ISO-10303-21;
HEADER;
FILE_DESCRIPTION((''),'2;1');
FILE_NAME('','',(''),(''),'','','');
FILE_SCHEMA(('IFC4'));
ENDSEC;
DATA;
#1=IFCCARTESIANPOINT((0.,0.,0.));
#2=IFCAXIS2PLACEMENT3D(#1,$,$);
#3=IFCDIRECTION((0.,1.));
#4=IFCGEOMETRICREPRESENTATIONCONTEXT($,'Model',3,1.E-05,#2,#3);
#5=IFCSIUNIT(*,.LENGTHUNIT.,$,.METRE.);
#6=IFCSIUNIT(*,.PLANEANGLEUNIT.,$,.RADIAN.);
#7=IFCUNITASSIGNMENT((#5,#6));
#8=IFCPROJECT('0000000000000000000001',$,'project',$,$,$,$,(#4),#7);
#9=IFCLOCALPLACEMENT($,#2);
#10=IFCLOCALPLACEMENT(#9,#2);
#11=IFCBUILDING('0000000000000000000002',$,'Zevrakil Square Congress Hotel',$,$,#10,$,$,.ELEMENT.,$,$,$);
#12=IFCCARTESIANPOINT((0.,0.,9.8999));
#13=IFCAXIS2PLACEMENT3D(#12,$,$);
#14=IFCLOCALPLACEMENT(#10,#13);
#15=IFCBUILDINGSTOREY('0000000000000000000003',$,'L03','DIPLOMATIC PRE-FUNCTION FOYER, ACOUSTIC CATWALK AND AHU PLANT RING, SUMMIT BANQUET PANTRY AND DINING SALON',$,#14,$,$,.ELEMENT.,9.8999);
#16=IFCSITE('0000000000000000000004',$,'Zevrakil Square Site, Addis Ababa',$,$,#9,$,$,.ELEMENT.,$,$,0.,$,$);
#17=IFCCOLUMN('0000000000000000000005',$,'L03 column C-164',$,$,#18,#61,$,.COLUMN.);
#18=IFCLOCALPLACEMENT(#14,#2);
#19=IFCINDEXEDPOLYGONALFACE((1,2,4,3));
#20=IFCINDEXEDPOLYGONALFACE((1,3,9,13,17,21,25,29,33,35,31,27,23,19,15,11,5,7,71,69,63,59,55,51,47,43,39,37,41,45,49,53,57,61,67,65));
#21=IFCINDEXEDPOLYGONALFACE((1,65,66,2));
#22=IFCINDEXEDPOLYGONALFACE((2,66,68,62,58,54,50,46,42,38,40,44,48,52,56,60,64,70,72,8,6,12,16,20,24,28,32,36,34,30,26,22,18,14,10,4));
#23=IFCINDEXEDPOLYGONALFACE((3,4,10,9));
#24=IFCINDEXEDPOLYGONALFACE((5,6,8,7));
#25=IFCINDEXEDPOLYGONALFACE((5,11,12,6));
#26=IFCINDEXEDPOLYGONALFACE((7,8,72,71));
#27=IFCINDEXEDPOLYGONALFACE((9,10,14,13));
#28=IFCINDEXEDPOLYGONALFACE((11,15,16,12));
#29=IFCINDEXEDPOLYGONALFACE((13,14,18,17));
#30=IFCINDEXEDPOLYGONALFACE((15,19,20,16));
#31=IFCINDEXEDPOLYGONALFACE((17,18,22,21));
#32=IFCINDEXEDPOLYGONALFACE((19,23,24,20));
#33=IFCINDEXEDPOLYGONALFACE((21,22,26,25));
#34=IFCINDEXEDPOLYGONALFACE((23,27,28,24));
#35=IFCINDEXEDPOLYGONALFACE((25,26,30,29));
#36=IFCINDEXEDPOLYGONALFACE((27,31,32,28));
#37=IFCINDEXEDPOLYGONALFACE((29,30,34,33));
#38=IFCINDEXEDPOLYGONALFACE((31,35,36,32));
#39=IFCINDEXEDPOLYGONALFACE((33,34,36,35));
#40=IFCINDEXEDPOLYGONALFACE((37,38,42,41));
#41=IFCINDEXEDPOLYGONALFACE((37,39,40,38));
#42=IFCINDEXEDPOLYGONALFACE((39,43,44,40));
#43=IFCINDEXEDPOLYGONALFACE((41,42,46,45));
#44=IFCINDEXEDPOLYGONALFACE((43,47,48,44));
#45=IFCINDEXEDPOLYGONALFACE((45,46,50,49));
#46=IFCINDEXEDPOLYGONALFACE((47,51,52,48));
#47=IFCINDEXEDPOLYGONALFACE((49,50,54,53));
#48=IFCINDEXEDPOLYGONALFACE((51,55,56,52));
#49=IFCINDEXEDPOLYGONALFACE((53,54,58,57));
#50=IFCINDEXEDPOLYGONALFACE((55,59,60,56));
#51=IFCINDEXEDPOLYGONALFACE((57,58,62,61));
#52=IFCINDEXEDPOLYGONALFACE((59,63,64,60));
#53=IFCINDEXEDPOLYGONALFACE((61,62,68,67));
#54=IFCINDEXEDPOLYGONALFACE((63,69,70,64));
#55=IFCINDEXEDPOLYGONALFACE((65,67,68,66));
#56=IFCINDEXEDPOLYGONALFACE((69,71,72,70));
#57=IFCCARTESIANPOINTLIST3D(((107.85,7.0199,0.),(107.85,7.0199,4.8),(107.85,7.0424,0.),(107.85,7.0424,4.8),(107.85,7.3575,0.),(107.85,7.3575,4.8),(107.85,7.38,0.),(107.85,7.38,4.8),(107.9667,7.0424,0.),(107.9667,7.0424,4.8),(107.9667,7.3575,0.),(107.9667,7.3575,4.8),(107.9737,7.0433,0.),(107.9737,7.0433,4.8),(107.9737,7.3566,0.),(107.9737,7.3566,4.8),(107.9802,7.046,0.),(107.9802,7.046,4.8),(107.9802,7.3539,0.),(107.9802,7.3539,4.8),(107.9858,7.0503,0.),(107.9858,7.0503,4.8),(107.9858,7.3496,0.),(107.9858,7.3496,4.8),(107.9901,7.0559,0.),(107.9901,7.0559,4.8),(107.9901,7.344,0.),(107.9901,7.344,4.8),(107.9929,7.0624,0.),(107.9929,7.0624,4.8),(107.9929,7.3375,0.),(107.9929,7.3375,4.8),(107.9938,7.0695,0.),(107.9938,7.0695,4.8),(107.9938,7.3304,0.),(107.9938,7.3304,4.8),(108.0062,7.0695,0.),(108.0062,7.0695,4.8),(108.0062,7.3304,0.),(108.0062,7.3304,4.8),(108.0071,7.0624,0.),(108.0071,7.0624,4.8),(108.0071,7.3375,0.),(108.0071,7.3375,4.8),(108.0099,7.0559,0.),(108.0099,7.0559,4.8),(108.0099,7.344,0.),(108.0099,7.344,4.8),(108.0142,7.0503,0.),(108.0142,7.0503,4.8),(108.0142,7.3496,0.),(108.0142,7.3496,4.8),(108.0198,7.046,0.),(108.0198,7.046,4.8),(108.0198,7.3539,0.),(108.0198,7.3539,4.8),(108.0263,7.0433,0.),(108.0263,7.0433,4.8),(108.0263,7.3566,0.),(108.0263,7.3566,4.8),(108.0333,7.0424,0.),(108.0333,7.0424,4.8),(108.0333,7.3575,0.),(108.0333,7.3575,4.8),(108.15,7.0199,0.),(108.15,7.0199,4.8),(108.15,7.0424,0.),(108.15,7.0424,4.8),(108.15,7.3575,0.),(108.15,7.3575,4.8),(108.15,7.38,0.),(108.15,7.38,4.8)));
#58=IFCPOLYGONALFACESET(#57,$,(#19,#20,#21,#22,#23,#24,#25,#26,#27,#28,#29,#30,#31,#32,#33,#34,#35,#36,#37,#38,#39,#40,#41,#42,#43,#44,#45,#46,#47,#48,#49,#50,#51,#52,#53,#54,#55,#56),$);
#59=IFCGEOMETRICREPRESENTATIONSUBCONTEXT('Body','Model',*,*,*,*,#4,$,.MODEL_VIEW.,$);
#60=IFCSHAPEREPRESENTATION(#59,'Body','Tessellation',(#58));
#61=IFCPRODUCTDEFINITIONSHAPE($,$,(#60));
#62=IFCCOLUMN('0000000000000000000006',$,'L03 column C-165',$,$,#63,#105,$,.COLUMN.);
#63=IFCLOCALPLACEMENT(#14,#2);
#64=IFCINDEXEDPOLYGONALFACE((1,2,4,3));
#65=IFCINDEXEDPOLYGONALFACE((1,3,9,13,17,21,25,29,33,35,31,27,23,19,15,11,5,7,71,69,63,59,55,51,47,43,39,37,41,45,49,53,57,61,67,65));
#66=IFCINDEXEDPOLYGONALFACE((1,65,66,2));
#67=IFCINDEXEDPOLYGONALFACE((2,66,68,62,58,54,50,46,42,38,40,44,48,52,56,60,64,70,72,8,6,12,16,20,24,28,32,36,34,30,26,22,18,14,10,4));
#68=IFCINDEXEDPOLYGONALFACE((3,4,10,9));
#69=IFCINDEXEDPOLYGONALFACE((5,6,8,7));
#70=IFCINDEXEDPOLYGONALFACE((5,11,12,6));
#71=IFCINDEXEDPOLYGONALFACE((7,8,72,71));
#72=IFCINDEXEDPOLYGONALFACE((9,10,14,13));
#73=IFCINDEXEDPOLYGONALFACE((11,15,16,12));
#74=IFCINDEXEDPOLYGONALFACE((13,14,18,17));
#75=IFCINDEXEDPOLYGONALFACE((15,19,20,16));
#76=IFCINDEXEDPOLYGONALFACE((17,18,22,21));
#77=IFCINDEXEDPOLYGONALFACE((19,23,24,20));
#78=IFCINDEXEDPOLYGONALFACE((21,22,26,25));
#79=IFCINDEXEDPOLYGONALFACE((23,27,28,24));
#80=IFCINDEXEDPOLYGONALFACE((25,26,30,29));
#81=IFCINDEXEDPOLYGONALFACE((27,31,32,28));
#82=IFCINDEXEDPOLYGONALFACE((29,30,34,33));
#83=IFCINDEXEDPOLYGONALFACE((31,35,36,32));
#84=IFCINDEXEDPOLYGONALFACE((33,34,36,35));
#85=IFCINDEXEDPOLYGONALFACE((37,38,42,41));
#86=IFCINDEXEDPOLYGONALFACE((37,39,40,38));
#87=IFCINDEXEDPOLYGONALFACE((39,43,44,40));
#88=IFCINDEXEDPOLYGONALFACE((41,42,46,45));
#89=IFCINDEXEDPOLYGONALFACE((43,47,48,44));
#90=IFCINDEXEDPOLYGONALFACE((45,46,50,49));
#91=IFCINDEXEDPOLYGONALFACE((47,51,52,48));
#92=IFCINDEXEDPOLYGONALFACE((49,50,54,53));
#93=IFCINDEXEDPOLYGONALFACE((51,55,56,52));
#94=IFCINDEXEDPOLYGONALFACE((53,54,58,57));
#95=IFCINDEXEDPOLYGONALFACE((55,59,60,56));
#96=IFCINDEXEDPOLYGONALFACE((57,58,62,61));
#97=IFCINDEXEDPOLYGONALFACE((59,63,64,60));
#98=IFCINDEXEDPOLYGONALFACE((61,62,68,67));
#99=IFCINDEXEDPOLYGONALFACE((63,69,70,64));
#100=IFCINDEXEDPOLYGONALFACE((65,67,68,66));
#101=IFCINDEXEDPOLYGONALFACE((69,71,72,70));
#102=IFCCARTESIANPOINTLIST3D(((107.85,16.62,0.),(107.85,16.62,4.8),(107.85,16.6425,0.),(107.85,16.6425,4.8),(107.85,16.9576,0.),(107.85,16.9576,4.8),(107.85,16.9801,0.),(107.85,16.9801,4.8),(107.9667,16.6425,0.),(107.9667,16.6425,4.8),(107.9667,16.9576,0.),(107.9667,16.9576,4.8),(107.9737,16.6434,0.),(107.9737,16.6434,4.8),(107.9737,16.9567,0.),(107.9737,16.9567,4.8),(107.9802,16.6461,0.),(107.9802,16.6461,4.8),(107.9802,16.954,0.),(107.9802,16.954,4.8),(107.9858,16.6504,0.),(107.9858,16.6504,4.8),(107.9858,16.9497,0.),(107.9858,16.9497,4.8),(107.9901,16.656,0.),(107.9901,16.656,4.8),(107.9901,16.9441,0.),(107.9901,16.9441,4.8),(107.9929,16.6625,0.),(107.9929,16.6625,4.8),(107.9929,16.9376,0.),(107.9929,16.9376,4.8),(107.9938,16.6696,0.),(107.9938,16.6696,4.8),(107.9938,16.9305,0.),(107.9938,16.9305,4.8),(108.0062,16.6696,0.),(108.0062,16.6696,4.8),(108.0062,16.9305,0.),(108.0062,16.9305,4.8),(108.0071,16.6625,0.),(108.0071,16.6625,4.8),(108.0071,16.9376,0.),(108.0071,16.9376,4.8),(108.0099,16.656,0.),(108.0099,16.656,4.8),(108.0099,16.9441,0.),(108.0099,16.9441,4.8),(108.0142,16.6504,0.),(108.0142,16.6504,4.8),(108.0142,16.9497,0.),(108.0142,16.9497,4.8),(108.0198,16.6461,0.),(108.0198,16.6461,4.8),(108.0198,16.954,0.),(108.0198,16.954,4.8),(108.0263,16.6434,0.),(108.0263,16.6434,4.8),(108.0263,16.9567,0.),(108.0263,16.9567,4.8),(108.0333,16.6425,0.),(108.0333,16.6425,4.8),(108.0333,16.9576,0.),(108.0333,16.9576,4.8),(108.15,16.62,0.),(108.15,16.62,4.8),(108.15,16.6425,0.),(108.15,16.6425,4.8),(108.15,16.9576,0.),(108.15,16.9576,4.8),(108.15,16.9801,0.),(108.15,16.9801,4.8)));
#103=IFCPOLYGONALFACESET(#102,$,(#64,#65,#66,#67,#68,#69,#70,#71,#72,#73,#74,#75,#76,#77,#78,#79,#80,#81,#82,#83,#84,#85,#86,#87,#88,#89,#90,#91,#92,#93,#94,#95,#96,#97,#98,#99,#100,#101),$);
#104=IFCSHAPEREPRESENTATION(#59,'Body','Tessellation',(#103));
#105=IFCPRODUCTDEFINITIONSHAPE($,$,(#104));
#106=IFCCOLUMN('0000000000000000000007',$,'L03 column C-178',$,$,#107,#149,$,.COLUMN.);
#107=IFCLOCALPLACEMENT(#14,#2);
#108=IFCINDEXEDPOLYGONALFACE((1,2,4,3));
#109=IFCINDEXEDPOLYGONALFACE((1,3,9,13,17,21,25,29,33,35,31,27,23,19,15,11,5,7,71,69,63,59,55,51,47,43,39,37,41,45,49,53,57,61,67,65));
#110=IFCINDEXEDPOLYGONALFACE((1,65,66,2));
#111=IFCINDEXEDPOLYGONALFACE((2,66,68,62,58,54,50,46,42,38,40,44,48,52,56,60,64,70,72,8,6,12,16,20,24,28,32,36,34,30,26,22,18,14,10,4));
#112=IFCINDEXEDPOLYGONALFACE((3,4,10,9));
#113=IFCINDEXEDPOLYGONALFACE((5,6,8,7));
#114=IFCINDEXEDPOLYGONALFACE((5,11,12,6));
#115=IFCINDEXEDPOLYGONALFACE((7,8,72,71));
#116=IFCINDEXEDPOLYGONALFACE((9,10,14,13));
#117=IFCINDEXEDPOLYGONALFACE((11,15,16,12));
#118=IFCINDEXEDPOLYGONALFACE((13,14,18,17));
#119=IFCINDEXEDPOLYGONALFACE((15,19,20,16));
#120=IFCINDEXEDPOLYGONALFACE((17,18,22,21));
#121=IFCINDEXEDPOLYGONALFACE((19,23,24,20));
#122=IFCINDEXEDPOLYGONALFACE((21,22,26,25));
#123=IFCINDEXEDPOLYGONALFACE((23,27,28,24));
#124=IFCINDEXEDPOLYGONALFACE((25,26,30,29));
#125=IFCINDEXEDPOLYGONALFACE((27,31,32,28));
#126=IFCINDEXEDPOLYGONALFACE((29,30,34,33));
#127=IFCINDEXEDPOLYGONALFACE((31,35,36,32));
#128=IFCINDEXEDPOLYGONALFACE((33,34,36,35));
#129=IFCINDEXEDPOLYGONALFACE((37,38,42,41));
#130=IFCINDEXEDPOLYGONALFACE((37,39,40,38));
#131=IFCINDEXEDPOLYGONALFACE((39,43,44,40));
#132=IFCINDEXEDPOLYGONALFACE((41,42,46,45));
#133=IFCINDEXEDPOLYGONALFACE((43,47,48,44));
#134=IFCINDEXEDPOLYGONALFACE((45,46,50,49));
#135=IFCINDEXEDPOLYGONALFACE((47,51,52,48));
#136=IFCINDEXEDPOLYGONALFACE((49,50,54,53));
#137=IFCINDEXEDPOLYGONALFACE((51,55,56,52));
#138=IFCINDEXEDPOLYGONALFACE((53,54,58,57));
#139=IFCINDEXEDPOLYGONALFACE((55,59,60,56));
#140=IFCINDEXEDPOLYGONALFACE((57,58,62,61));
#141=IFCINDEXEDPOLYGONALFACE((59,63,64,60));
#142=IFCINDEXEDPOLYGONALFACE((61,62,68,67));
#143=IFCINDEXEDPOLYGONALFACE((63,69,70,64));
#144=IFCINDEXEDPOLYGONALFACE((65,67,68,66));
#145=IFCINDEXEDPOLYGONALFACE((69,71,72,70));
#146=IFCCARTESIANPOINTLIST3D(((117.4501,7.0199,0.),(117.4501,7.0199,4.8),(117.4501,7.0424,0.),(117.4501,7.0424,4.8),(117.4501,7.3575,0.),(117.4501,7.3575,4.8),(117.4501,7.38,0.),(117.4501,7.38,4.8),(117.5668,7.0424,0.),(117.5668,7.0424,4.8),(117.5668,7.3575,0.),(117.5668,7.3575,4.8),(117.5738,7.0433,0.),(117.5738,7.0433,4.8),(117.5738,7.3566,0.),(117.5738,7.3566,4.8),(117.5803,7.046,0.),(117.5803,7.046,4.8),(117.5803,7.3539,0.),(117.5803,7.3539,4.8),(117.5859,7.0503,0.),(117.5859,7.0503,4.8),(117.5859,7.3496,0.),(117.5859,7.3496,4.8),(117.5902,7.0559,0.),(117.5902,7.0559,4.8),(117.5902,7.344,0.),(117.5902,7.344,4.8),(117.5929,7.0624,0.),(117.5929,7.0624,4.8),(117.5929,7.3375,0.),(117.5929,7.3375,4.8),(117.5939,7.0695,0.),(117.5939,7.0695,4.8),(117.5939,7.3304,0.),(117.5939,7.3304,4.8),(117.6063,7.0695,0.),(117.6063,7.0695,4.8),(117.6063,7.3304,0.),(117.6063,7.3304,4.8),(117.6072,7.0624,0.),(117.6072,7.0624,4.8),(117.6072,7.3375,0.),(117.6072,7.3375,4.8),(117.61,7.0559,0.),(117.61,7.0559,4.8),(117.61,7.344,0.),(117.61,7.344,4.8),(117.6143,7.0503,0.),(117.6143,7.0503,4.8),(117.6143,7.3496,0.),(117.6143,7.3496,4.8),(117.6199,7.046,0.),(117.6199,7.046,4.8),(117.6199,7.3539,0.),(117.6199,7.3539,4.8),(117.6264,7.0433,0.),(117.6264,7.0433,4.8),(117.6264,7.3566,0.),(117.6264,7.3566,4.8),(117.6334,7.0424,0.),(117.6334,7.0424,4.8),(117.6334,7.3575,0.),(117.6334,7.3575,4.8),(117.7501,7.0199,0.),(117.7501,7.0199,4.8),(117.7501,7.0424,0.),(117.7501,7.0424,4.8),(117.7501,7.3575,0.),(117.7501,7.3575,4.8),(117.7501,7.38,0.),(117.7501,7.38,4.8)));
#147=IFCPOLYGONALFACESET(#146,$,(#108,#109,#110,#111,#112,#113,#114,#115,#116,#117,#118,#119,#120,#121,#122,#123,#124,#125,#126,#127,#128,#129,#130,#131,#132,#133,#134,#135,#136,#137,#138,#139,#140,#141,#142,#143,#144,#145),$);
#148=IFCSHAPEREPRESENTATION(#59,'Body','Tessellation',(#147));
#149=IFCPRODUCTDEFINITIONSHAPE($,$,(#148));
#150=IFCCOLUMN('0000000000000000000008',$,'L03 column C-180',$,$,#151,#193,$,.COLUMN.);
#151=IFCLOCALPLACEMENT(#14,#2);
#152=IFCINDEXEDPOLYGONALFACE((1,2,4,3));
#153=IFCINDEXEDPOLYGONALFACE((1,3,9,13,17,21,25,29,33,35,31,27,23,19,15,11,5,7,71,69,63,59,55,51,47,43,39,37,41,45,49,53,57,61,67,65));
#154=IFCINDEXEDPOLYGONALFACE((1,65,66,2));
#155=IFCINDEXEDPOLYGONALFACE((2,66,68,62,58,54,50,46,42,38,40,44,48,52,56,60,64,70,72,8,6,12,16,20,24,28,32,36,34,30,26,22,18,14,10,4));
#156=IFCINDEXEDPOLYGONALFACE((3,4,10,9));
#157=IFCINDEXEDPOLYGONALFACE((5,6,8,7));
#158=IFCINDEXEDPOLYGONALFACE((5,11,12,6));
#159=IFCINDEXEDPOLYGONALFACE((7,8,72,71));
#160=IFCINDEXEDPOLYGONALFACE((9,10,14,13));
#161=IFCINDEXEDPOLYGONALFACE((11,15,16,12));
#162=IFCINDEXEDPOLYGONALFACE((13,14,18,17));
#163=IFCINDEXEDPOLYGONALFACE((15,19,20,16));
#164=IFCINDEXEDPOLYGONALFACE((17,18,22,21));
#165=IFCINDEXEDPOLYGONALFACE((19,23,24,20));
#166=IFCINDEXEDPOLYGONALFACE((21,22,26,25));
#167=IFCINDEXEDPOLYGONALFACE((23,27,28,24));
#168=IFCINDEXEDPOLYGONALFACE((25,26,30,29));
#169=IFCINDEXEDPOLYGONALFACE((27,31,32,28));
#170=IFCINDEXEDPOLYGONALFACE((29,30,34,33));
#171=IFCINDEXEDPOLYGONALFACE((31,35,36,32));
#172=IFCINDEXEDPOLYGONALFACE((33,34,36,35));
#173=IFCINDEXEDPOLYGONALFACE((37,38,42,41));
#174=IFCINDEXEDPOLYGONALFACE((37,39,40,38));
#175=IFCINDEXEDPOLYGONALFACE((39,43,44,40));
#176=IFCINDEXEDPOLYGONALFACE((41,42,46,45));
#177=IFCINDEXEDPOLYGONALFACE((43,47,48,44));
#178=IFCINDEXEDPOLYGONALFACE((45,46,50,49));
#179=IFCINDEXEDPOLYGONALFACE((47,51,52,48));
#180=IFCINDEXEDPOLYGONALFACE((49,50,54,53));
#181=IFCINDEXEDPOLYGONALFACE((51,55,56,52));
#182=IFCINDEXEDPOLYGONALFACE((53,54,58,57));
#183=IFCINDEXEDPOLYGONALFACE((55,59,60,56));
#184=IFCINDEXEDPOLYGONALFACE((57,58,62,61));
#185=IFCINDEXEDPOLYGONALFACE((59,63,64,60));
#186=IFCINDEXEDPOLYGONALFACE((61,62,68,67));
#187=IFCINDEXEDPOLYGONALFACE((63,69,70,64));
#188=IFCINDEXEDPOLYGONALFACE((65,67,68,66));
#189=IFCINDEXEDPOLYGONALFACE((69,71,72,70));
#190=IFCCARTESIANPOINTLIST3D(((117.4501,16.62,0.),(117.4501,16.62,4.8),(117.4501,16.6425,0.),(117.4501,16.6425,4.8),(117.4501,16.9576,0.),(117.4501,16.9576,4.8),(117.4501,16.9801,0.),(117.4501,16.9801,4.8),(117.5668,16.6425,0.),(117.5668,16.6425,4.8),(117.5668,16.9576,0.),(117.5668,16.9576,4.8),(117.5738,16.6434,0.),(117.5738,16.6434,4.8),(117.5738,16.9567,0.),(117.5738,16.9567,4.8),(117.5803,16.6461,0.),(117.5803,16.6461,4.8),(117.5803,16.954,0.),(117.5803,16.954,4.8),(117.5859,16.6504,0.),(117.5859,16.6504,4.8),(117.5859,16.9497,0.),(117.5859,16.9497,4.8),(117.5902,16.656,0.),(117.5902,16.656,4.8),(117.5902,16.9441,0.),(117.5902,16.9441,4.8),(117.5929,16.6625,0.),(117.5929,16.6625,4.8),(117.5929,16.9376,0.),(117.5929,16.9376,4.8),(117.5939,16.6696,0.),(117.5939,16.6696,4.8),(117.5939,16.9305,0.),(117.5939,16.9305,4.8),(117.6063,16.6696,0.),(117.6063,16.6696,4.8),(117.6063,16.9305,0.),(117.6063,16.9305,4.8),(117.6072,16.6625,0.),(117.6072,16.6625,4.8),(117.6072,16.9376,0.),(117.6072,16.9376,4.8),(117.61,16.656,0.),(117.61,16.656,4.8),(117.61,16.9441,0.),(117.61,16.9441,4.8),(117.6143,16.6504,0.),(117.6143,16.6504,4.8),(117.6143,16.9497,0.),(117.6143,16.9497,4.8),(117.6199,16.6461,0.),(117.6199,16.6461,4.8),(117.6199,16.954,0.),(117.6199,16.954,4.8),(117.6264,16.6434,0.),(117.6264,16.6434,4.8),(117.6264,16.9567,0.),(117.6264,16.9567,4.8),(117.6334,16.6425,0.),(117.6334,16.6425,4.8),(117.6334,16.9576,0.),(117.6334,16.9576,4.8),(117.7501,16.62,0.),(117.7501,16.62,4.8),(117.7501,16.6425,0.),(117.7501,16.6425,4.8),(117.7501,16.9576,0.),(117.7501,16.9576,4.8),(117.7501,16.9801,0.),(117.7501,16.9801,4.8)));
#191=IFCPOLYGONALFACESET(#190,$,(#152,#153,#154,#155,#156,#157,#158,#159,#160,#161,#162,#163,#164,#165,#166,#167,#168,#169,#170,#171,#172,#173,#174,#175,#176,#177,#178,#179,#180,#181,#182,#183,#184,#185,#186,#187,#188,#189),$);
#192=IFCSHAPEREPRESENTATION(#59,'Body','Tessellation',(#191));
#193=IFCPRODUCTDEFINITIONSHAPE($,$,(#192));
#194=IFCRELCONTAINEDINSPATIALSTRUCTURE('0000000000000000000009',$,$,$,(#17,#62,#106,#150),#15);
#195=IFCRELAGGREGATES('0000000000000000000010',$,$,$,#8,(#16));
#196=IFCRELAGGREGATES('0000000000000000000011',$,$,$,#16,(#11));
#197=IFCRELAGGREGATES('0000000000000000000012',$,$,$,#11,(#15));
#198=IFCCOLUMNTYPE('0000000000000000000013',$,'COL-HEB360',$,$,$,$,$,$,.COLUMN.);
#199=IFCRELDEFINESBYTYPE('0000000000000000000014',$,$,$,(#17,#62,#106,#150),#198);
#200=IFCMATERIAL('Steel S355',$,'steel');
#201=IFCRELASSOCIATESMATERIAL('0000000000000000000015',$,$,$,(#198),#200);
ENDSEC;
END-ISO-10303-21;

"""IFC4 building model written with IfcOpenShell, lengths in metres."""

from ifc_helpers import new_model, si_unit, direction, frame, origin, origin_2d, place, context, subcontext, project, spatial, i_section, extrude, material, material_profile, profile_set, type_object, element, save


model = new_model("IFC4")

# Units and contexts
model_context = context("Model", 3, precision=1e-05, world=origin(), true_north=direction((0.0, 1.0)))
body_context = subcontext(model_context, "Body", "Model", "MODEL_VIEW")
ifc_project = project(units=[si_unit("LENGTHUNIT", "METRE"), si_unit("PLANEANGLEUNIT", "RADIAN")], contexts=[model_context])

# Site, building, storey
site_placement = place(None, origin())
site = spatial("IfcSite", under=ifc_project, at=site_placement, Name="Zevrakil Square Site, Addis Ababa", CompositionType="ELEMENT", RefElevation=0.0)
building_placement = place(site_placement, origin())
building = spatial("IfcBuilding", under=site, at=building_placement, Name="Zevrakil Square Congress Hotel", CompositionType="ELEMENT")
storey_placement = place(building_placement, frame((0.0, 0.0, 9.8999)))
storey = spatial("IfcBuildingStorey", under=building, at=storey_placement, Name="L03", Description="DIPLOMATIC PRE-FUNCTION FOYER, ACOUSTIC CATWALK AND AHU PLANT RING, SUMMIT BANQUET PANTRY AND DINING SALON", CompositionType="ELEMENT", Elevation=9.8999)

# Columns
ifc_material_1 = material(Name="Steel S355", Category="steel")
ifc_material_profile_1 = material_profile(ifc_material_1, i_section(OverallWidth=0.3, OverallDepth=0.3601, WebThickness=0.0125, FlangeThickness=0.0225, FilletRadius=0.0271, at=origin_2d()), Name="HEB 360")
ifc_profile_set_1 = profile_set([ifc_material_profile_1], Name="Steel S355")
column_type_1 = type_object("IfcColumnType", Name="COL-HEB360", PredefinedType="COLUMN", material=ifc_profile_set_1)
for number, where, z_axis, x_axis, name in (
    (1, (108.0, 7.2, 0.0), (0.0, 0.0, 1.0), (1.0, 0.0, 0.0), "L03 column C-164"),
    (2, (108.0, 16.8, 0.0), (0.0, 0.0, 1.0), (1.0, 0.0, 0.0), "L03 column C-165"),
    (3, (117.6001, 7.2, 0.0), (0.0, 0.0, 1.0), (1.0, 0.0, 0.0), "L03 column C-178"),
    (4, (117.6001, 16.8, 0.0), (0.0, 0.0, 1.0), (1.0, 0.0, 0.0), "L03 column C-180"),
):
    element("IfcColumn", number, at=place(storey_placement, frame(where, z_axis=z_axis, x_axis=x_axis)), inside=storey, type_object=column_type_1, Name=name, PredefinedType="COLUMN", context=body_context, shape_type="SweptSolid", body=[
        extrude(i_section(OverallWidth=0.3, OverallDepth=0.3601, WebThickness=0.0125, FlangeThickness=0.0225, FilletRadius=0.0271, at=origin_2d()), origin(), (0.0, 0.0, 1.0), 4.8),
    ])

save(model, "model.ifc")
